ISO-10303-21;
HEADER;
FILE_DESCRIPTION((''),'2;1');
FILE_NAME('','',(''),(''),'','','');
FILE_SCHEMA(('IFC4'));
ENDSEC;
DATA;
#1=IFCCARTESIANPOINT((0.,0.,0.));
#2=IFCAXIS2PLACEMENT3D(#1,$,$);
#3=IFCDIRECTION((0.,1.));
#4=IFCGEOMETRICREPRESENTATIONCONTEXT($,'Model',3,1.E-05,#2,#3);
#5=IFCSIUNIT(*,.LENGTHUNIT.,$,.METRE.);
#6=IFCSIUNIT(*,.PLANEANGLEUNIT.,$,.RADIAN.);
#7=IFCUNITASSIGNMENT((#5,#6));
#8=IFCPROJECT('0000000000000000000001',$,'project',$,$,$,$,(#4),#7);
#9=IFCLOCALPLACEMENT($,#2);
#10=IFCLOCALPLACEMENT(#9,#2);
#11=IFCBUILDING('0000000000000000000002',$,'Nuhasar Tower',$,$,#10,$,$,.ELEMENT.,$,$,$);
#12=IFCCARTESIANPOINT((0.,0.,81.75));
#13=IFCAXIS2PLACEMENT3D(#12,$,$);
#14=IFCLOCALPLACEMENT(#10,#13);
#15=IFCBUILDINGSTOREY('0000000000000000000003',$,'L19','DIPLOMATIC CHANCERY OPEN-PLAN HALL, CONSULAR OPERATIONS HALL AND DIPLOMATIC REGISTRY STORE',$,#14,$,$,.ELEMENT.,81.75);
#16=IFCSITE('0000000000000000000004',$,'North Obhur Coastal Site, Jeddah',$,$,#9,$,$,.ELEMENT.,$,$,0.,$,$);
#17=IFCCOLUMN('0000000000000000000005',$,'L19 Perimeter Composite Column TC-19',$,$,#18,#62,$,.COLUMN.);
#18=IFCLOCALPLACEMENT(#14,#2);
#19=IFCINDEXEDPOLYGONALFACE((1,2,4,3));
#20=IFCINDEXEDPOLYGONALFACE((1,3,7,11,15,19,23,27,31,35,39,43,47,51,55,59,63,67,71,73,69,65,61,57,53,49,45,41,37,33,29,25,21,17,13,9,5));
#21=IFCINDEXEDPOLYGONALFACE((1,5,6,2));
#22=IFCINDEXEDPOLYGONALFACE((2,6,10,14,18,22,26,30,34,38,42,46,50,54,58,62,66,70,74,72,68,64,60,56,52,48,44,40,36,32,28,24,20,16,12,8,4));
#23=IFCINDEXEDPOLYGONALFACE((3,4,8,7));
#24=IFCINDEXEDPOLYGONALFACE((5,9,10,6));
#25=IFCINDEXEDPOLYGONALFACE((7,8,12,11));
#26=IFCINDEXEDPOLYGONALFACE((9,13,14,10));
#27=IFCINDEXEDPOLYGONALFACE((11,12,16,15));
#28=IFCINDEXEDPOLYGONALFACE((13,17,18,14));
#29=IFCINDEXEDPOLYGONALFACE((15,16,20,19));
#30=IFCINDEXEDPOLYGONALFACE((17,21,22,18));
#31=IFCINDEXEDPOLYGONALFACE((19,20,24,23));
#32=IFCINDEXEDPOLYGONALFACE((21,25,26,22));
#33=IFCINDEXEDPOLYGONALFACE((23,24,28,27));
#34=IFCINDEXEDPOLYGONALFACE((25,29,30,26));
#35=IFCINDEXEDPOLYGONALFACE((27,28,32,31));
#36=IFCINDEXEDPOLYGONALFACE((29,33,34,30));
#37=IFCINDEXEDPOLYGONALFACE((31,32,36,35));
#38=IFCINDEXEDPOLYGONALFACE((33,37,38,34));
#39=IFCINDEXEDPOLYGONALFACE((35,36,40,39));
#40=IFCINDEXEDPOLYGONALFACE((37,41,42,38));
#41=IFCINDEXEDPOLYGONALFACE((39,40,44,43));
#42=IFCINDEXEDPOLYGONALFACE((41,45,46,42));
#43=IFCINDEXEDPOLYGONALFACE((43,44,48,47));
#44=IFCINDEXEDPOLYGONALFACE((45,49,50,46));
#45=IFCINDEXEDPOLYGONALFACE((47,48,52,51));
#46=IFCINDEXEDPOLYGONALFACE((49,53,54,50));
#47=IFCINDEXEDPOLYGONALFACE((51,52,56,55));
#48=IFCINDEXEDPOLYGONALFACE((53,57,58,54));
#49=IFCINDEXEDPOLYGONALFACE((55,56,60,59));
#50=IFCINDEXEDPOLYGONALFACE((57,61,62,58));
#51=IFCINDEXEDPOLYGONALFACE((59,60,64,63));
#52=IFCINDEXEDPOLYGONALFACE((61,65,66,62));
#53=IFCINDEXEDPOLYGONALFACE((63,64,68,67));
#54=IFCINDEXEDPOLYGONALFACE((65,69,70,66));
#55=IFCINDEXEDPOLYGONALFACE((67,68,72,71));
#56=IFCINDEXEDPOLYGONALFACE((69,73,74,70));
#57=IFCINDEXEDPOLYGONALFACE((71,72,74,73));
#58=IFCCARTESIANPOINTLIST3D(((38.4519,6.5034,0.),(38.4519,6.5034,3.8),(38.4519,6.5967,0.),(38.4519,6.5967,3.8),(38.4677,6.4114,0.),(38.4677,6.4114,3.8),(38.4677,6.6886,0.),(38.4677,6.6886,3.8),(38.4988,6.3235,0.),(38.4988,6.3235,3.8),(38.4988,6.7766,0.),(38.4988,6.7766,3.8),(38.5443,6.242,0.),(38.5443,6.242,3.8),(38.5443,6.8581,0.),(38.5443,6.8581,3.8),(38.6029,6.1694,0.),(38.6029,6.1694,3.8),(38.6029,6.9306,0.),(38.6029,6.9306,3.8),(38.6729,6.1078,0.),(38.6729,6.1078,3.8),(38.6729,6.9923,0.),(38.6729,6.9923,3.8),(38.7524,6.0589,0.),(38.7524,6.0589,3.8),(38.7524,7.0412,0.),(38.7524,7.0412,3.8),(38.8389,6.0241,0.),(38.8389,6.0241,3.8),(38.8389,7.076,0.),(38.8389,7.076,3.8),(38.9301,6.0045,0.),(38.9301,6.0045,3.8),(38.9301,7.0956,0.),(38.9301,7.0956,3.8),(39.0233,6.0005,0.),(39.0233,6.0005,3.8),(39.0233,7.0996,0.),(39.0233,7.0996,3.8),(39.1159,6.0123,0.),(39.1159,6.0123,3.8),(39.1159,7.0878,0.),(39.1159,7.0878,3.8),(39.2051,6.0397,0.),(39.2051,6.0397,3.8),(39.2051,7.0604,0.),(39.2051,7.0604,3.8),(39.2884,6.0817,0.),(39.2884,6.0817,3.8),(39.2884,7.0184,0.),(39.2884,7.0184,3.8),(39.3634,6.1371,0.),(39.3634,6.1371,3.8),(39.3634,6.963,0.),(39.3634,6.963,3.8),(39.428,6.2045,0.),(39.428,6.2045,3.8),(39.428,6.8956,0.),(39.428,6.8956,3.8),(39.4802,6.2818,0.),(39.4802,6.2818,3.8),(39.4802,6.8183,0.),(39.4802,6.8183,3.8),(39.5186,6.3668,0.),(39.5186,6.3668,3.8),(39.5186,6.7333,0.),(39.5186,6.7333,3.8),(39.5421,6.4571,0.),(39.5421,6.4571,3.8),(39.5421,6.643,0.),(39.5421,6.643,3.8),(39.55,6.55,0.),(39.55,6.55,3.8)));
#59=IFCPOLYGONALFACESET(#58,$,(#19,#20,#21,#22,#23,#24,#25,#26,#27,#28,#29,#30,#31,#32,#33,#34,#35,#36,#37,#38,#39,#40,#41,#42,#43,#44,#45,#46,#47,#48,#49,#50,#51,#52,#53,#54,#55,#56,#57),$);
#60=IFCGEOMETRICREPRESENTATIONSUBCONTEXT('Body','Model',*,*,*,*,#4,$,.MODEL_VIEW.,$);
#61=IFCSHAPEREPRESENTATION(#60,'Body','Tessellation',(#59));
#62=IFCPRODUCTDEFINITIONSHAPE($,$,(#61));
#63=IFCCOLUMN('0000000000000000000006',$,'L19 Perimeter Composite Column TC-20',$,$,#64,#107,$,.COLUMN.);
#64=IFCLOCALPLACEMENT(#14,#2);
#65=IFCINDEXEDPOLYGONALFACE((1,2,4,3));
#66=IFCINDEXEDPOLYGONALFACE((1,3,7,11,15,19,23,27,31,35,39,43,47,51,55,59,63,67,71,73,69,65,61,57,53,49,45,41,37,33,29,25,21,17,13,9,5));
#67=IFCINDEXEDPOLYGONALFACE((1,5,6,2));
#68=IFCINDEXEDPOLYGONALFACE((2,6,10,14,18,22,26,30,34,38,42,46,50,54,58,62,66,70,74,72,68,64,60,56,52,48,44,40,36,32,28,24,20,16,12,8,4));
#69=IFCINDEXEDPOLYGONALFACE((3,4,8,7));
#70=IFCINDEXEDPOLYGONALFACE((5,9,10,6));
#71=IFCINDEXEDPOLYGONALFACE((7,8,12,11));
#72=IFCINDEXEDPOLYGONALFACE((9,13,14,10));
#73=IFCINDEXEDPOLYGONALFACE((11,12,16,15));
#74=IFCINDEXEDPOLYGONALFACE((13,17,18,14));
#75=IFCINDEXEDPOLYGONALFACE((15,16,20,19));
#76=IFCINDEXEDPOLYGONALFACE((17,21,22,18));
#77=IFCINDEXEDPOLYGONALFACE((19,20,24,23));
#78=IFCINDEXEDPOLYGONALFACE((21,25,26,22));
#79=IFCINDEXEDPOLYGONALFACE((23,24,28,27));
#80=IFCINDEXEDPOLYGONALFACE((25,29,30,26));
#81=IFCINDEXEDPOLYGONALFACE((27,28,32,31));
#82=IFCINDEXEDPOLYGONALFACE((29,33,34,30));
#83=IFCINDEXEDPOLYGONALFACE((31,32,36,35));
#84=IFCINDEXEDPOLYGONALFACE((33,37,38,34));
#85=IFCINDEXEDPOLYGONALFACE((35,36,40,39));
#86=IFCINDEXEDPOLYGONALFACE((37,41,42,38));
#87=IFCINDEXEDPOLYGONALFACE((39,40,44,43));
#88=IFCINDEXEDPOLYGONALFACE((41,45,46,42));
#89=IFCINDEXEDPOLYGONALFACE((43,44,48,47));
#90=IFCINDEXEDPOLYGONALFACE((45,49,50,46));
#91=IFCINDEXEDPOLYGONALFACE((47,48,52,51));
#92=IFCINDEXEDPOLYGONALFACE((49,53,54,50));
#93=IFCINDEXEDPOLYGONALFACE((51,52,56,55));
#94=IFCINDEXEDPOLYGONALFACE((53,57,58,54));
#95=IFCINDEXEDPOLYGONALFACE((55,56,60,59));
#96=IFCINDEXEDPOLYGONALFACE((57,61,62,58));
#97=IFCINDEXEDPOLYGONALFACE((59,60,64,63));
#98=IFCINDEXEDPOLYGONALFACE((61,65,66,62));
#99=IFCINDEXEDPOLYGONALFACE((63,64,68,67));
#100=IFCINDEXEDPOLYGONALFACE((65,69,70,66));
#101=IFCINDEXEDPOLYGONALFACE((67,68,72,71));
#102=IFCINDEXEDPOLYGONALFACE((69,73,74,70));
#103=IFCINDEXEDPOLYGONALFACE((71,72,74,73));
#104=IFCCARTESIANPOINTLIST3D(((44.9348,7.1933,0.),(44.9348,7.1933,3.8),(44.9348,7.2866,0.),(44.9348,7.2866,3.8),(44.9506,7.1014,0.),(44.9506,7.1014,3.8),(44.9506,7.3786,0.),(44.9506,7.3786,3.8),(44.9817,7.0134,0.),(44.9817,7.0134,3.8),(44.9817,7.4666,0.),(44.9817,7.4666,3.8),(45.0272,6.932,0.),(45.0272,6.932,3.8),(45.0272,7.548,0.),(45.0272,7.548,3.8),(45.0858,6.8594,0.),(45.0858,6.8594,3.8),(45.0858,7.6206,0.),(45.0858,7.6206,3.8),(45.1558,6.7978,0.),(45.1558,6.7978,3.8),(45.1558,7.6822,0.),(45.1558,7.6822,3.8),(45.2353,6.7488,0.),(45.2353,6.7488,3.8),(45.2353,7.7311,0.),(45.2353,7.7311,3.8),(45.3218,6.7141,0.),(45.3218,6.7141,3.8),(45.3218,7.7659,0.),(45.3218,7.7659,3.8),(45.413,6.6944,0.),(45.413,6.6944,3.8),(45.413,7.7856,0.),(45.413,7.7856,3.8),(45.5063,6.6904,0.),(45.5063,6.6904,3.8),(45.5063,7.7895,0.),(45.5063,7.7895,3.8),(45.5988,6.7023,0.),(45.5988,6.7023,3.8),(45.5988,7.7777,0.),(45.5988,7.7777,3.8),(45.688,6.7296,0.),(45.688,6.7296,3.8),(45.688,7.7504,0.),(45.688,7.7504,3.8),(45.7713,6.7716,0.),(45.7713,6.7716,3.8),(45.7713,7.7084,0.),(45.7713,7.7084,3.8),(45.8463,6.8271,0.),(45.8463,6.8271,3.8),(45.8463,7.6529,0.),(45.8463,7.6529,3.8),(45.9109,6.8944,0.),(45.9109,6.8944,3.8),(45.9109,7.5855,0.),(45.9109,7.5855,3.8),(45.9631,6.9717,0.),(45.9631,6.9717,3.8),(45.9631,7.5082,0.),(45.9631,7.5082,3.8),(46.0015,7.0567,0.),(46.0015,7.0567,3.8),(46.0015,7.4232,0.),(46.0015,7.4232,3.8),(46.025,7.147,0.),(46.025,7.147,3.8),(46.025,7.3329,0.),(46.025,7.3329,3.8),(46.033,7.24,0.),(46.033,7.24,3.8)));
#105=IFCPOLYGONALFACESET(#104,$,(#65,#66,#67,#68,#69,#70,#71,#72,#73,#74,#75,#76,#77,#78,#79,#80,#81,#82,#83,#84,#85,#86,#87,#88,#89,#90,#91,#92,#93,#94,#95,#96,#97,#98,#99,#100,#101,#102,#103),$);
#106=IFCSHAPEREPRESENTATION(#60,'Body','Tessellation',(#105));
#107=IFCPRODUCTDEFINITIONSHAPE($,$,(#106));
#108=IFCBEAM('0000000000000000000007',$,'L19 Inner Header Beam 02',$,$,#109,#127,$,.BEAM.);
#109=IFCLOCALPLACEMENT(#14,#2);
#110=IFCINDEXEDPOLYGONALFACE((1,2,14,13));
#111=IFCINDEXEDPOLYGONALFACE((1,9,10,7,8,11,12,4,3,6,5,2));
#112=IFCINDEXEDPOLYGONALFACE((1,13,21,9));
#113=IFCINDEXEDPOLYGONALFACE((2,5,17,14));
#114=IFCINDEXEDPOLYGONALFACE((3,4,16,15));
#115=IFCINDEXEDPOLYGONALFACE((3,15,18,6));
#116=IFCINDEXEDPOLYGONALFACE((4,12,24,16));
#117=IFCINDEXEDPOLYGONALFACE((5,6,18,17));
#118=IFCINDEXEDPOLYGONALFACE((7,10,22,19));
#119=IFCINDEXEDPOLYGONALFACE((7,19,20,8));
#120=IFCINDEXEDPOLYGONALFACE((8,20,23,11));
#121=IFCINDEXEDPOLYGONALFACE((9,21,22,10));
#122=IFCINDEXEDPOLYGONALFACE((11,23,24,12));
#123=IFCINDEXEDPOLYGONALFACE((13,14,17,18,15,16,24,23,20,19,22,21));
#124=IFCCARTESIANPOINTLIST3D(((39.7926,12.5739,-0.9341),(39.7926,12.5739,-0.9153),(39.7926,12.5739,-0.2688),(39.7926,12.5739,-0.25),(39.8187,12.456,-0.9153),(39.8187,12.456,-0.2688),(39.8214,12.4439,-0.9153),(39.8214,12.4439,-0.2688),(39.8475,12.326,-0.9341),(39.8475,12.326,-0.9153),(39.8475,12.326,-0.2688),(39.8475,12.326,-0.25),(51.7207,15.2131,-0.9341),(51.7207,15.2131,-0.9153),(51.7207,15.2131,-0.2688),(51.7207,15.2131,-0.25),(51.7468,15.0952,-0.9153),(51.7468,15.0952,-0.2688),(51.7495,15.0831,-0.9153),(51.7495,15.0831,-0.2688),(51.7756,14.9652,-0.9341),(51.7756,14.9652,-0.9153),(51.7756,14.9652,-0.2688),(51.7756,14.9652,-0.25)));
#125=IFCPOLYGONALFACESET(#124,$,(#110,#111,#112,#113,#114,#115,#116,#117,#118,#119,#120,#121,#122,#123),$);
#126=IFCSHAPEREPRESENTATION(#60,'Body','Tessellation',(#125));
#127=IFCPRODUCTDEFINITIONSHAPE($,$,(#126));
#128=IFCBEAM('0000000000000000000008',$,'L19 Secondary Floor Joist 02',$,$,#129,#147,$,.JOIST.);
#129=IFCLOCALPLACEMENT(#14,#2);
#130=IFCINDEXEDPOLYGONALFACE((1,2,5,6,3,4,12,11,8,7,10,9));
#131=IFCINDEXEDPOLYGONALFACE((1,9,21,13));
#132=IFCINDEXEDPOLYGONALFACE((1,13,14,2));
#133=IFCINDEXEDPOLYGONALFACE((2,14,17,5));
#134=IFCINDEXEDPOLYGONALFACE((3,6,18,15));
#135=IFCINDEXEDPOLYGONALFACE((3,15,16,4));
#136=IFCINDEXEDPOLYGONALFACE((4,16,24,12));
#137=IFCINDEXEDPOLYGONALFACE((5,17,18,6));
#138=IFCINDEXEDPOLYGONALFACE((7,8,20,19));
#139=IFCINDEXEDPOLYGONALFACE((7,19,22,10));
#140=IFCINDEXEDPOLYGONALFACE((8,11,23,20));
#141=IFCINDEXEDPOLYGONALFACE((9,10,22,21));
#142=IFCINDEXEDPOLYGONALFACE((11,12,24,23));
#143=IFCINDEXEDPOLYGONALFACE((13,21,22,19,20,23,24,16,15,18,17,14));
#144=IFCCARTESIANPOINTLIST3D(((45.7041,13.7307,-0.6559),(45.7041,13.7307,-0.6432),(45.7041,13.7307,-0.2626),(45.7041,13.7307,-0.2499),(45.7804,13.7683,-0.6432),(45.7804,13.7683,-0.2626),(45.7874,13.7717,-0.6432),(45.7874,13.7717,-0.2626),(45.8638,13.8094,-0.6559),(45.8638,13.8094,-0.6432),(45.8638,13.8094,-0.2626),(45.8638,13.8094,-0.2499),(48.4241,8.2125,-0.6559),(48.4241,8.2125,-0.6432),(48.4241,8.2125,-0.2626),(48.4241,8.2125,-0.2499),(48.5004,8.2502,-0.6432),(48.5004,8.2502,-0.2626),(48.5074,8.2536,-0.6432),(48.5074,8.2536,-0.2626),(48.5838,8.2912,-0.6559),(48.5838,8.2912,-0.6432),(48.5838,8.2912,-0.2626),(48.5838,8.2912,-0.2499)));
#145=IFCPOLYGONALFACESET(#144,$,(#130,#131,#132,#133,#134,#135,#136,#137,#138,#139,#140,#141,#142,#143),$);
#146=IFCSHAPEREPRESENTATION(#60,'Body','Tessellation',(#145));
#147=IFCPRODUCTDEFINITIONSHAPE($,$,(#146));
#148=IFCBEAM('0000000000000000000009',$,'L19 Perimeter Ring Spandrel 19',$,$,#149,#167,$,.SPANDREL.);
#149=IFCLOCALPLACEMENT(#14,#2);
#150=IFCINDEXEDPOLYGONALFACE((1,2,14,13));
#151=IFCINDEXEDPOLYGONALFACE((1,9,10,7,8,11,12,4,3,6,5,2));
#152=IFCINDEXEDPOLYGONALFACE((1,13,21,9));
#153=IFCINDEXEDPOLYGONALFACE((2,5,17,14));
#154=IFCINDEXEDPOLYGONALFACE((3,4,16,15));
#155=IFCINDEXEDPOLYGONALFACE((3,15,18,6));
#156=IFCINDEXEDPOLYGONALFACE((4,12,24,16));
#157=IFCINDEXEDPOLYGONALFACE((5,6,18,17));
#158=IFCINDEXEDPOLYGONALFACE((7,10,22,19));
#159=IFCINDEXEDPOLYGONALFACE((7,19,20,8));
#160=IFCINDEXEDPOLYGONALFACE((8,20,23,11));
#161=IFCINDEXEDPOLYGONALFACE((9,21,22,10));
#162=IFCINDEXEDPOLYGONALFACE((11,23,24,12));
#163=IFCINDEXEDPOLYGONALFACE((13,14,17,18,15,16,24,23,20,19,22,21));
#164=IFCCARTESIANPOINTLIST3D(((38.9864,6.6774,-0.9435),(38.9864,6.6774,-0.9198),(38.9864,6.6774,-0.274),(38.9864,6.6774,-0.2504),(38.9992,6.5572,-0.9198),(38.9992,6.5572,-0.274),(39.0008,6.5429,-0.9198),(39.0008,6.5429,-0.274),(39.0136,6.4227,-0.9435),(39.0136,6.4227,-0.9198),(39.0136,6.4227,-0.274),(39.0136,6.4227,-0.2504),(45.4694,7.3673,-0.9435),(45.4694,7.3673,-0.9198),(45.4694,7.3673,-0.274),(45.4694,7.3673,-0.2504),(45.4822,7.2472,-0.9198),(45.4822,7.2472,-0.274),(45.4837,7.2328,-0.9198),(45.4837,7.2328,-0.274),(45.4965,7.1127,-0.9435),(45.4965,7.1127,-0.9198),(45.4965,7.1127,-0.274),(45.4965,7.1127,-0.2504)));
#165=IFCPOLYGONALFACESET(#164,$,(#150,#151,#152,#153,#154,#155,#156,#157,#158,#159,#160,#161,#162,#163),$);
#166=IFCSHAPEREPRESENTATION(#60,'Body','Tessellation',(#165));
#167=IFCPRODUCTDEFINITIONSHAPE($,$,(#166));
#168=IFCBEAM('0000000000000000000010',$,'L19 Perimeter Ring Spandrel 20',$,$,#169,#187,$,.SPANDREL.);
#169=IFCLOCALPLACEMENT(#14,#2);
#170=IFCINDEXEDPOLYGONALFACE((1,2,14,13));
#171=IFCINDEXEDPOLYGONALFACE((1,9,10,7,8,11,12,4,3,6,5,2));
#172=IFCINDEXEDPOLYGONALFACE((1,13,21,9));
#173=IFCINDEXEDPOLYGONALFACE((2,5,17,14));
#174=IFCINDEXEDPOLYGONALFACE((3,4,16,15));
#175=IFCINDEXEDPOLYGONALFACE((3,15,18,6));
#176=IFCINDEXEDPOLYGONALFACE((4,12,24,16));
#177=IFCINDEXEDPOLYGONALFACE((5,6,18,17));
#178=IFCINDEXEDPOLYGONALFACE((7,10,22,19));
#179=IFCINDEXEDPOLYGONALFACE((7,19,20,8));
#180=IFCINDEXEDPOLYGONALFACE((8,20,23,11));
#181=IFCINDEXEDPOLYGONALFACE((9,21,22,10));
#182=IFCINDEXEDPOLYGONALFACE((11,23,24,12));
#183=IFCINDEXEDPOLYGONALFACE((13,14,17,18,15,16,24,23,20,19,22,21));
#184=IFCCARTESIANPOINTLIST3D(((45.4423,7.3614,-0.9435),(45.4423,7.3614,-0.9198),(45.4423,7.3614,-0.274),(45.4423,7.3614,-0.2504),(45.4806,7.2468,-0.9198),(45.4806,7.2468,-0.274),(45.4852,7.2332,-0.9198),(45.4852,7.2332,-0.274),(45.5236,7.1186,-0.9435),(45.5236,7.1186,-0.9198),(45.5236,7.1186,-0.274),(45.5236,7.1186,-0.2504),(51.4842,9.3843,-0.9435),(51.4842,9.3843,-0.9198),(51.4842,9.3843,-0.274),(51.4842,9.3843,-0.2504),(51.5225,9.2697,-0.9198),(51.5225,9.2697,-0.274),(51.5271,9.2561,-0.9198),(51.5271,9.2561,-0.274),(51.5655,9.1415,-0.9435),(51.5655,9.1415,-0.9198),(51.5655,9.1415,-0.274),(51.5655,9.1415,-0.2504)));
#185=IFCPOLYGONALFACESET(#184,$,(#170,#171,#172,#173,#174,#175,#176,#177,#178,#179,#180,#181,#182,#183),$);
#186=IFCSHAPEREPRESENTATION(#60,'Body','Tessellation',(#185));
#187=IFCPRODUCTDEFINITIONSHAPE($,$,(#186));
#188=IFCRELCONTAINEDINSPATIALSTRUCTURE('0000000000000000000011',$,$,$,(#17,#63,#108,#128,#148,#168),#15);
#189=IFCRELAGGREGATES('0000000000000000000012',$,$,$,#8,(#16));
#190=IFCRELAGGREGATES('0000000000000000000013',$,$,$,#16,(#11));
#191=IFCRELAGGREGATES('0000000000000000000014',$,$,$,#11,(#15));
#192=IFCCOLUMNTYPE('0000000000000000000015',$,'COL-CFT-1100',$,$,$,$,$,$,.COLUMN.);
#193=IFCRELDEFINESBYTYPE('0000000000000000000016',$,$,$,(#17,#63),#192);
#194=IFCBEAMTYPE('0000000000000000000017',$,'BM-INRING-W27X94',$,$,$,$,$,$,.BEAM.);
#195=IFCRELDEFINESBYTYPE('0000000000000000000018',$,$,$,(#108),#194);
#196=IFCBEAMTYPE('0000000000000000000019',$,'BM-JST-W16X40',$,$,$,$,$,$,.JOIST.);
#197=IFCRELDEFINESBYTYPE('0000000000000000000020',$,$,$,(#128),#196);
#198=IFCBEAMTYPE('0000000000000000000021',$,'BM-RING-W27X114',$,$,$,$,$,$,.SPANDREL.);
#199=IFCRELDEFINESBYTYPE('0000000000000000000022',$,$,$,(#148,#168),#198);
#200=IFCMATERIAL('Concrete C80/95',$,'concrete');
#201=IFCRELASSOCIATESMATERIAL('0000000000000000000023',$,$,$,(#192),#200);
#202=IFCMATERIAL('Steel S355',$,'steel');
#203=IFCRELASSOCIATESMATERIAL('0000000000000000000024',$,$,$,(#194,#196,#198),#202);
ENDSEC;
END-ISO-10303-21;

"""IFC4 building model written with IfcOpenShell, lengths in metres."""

from ifc_helpers import new_model, si_unit, direction, frame, origin, origin_2d, place, context, subcontext, project, spatial, circle, i_section, extrude, material, material_profile, profile_set, type_object, element, save


model = new_model("IFC4")

# Units and contexts
model_context = context("Model", 3, precision=1e-05, world=origin(), true_north=direction((0.0, 1.0)))
body_context = subcontext(model_context, "Body", "Model", "MODEL_VIEW")
ifc_project = project(units=[si_unit("LENGTHUNIT", "METRE"), si_unit("PLANEANGLEUNIT", "RADIAN")], contexts=[model_context])

# Site, building, storey
site_placement = place(None, origin())
site = spatial("IfcSite", under=ifc_project, at=site_placement, Name="North Obhur Coastal Site, Jeddah", CompositionType="ELEMENT", RefElevation=0.0)
building_placement = place(site_placement, origin())
building = spatial("IfcBuilding", under=site, at=building_placement, Name="Nuhasar Tower", CompositionType="ELEMENT")
storey_placement = place(building_placement, frame((0.0, 0.0, 81.75)))
storey = spatial("IfcBuildingStorey", under=building, at=storey_placement, Name="L19", Description="DIPLOMATIC CHANCERY OPEN-PLAN HALL, CONSULAR OPERATIONS HALL AND DIPLOMATIC REGISTRY STORE", CompositionType="ELEMENT", Elevation=81.75)

# Columns
ifc_material_1 = material(Name="Concrete C80/95", Category="concrete")
ifc_material_profile_1 = material_profile(ifc_material_1, circle(Radius=0.55, at=origin_2d()), Name="CFT1100")
ifc_profile_set_1 = profile_set([ifc_material_profile_1], Name="Concrete C80/95")
column_type = type_object("IfcColumnType", Name="COL-CFT-1100", PredefinedType="COLUMN", material=ifc_profile_set_1)
for number, where, z_axis, x_axis, name in (
    (1, (39.0, 6.55, 0.0), (0.0, 0.0, 1.0), (1.0, 0.0, 0.0), "L19 Perimeter Composite Column TC-19"),
    (2, (45.4829, 7.24, 0.0), (0.0, 0.0, 1.0), (1.0, 0.0, 0.0), "L19 Perimeter Composite Column TC-20"),
):
    element("IfcColumn", number, at=place(storey_placement, frame(where, z_axis=z_axis, x_axis=x_axis)), inside=storey, type_object=column_type, Name=name, PredefinedType="COLUMN", context=body_context, shape_type="SweptSolid", body=[
        extrude(circle(Radius=0.55, at=origin_2d()), origin(), (0.0, 0.0, 1.0), 3.8),
    ])

# Beams
ifc_material_2 = material(Name="Steel S355", Category="steel")
ifc_material_profile_2 = material_profile(ifc_material_2, i_section(OverallWidth=0.2539, OverallDepth=0.6841, WebThickness=0.0125, FlangeThickness=0.0188, at=origin_2d()), Name="W27X94")
ifc_profile_set_2 = profile_set([ifc_material_profile_2], Name="Steel S355")
beam_type_1 = type_object("IfcBeamType", Name="BM-INRING-W27X94", PredefinedType="BEAM", material=ifc_profile_set_2)
beam_1_placement = place(storey_placement, frame((39.8201, 12.45, -0.592), z_axis=(0.976386, 0.216033, 0.0), x_axis=(-0.216033, 0.976386, 0.0)))
element("IfcBeam", 3, at=beam_1_placement, inside=storey, type_object=beam_type_1, Name="L19 Inner Header Beam 02", PredefinedType="BEAM", context=body_context, shape_type="SweptSolid", body=[
    extrude(i_section(OverallWidth=0.2539, OverallDepth=0.6841, WebThickness=0.0125, FlangeThickness=0.0188, at=origin_2d()), origin(), (0.0, 0.0, 1.0), 12.2166),
])
ifc_material_profile_3 = material_profile(ifc_material_2, i_section(OverallWidth=0.178, OverallDepth=0.406, WebThickness=0.0078, FlangeThickness=0.0127, at=origin_2d()), Name="W16X40")
ifc_profile_set_3 = profile_set([ifc_material_profile_3], Name="Steel S355")
beam_type_2 = type_object("IfcBeamType", Name="BM-JST-W16X40", PredefinedType="JOIST", material=ifc_profile_set_3)
beam_2_placement = place(storey_placement, frame((45.7839, 13.77, -0.4529), z_axis=(0.442127, -0.896953, 0.0), x_axis=(0.896953, 0.442127, 0.0)))
element("IfcBeam", 4, at=beam_2_placement, inside=storey, type_object=beam_type_2, Name="L19 Secondary Floor Joist 02", PredefinedType="JOIST", context=body_context, shape_type="SweptSolid", body=[
    extrude(i_section(OverallWidth=0.178, OverallDepth=0.406, WebThickness=0.0078, FlangeThickness=0.0127, at=origin_2d()), origin(), (0.0, 0.0, 1.0), 6.1521),
])
ifc_material_profile_4 = material_profile(ifc_material_2, i_section(OverallWidth=0.2561, OverallDepth=0.6931, WebThickness=0.0144, FlangeThickness=0.0237, at=origin_2d()), Name="W27X114")
ifc_profile_set_4 = profile_set([ifc_material_profile_4], Name="Steel S355")
beam_type_3 = type_object("IfcBeamType", Name="BM-RING-W27X114", PredefinedType="SPANDREL", material=ifc_profile_set_4)
beam_3_placement = place(storey_placement, frame((39.0, 6.55, -0.5969), z_axis=(0.994385, 0.105827, 0.0), x_axis=(-0.105827, 0.994385, 0.0)))
element("IfcBeam", 5, at=beam_3_placement, inside=storey, type_object=beam_type_3, Name="L19 Perimeter Ring Spandrel 19", PredefinedType="SPANDREL", context=body_context, shape_type="SweptSolid", body=[
    extrude(i_section(OverallWidth=0.2561, OverallDepth=0.6931, WebThickness=0.0144, FlangeThickness=0.0237, at=origin_2d()), origin(), (0.0, 0.0, 1.0), 6.5195),
])
beam_4_placement = place(storey_placement, frame((45.4829, 7.24, -0.5969), z_axis=(0.948261, 0.317492, 0.0), x_axis=(-0.317492, 0.948261, 0.0)))
element("IfcBeam", 6, at=beam_4_placement, inside=storey, type_object=beam_type_3, Name="L19 Perimeter Ring Spandrel 20", PredefinedType="SPANDREL", context=body_context, shape_type="SweptSolid", body=[
    extrude(i_section(OverallWidth=0.2561, OverallDepth=0.6931, WebThickness=0.0144, FlangeThickness=0.0237, at=origin_2d()), origin(), (0.0, 0.0, 1.0), 6.3716),
])

save(model, "model.ifc")
